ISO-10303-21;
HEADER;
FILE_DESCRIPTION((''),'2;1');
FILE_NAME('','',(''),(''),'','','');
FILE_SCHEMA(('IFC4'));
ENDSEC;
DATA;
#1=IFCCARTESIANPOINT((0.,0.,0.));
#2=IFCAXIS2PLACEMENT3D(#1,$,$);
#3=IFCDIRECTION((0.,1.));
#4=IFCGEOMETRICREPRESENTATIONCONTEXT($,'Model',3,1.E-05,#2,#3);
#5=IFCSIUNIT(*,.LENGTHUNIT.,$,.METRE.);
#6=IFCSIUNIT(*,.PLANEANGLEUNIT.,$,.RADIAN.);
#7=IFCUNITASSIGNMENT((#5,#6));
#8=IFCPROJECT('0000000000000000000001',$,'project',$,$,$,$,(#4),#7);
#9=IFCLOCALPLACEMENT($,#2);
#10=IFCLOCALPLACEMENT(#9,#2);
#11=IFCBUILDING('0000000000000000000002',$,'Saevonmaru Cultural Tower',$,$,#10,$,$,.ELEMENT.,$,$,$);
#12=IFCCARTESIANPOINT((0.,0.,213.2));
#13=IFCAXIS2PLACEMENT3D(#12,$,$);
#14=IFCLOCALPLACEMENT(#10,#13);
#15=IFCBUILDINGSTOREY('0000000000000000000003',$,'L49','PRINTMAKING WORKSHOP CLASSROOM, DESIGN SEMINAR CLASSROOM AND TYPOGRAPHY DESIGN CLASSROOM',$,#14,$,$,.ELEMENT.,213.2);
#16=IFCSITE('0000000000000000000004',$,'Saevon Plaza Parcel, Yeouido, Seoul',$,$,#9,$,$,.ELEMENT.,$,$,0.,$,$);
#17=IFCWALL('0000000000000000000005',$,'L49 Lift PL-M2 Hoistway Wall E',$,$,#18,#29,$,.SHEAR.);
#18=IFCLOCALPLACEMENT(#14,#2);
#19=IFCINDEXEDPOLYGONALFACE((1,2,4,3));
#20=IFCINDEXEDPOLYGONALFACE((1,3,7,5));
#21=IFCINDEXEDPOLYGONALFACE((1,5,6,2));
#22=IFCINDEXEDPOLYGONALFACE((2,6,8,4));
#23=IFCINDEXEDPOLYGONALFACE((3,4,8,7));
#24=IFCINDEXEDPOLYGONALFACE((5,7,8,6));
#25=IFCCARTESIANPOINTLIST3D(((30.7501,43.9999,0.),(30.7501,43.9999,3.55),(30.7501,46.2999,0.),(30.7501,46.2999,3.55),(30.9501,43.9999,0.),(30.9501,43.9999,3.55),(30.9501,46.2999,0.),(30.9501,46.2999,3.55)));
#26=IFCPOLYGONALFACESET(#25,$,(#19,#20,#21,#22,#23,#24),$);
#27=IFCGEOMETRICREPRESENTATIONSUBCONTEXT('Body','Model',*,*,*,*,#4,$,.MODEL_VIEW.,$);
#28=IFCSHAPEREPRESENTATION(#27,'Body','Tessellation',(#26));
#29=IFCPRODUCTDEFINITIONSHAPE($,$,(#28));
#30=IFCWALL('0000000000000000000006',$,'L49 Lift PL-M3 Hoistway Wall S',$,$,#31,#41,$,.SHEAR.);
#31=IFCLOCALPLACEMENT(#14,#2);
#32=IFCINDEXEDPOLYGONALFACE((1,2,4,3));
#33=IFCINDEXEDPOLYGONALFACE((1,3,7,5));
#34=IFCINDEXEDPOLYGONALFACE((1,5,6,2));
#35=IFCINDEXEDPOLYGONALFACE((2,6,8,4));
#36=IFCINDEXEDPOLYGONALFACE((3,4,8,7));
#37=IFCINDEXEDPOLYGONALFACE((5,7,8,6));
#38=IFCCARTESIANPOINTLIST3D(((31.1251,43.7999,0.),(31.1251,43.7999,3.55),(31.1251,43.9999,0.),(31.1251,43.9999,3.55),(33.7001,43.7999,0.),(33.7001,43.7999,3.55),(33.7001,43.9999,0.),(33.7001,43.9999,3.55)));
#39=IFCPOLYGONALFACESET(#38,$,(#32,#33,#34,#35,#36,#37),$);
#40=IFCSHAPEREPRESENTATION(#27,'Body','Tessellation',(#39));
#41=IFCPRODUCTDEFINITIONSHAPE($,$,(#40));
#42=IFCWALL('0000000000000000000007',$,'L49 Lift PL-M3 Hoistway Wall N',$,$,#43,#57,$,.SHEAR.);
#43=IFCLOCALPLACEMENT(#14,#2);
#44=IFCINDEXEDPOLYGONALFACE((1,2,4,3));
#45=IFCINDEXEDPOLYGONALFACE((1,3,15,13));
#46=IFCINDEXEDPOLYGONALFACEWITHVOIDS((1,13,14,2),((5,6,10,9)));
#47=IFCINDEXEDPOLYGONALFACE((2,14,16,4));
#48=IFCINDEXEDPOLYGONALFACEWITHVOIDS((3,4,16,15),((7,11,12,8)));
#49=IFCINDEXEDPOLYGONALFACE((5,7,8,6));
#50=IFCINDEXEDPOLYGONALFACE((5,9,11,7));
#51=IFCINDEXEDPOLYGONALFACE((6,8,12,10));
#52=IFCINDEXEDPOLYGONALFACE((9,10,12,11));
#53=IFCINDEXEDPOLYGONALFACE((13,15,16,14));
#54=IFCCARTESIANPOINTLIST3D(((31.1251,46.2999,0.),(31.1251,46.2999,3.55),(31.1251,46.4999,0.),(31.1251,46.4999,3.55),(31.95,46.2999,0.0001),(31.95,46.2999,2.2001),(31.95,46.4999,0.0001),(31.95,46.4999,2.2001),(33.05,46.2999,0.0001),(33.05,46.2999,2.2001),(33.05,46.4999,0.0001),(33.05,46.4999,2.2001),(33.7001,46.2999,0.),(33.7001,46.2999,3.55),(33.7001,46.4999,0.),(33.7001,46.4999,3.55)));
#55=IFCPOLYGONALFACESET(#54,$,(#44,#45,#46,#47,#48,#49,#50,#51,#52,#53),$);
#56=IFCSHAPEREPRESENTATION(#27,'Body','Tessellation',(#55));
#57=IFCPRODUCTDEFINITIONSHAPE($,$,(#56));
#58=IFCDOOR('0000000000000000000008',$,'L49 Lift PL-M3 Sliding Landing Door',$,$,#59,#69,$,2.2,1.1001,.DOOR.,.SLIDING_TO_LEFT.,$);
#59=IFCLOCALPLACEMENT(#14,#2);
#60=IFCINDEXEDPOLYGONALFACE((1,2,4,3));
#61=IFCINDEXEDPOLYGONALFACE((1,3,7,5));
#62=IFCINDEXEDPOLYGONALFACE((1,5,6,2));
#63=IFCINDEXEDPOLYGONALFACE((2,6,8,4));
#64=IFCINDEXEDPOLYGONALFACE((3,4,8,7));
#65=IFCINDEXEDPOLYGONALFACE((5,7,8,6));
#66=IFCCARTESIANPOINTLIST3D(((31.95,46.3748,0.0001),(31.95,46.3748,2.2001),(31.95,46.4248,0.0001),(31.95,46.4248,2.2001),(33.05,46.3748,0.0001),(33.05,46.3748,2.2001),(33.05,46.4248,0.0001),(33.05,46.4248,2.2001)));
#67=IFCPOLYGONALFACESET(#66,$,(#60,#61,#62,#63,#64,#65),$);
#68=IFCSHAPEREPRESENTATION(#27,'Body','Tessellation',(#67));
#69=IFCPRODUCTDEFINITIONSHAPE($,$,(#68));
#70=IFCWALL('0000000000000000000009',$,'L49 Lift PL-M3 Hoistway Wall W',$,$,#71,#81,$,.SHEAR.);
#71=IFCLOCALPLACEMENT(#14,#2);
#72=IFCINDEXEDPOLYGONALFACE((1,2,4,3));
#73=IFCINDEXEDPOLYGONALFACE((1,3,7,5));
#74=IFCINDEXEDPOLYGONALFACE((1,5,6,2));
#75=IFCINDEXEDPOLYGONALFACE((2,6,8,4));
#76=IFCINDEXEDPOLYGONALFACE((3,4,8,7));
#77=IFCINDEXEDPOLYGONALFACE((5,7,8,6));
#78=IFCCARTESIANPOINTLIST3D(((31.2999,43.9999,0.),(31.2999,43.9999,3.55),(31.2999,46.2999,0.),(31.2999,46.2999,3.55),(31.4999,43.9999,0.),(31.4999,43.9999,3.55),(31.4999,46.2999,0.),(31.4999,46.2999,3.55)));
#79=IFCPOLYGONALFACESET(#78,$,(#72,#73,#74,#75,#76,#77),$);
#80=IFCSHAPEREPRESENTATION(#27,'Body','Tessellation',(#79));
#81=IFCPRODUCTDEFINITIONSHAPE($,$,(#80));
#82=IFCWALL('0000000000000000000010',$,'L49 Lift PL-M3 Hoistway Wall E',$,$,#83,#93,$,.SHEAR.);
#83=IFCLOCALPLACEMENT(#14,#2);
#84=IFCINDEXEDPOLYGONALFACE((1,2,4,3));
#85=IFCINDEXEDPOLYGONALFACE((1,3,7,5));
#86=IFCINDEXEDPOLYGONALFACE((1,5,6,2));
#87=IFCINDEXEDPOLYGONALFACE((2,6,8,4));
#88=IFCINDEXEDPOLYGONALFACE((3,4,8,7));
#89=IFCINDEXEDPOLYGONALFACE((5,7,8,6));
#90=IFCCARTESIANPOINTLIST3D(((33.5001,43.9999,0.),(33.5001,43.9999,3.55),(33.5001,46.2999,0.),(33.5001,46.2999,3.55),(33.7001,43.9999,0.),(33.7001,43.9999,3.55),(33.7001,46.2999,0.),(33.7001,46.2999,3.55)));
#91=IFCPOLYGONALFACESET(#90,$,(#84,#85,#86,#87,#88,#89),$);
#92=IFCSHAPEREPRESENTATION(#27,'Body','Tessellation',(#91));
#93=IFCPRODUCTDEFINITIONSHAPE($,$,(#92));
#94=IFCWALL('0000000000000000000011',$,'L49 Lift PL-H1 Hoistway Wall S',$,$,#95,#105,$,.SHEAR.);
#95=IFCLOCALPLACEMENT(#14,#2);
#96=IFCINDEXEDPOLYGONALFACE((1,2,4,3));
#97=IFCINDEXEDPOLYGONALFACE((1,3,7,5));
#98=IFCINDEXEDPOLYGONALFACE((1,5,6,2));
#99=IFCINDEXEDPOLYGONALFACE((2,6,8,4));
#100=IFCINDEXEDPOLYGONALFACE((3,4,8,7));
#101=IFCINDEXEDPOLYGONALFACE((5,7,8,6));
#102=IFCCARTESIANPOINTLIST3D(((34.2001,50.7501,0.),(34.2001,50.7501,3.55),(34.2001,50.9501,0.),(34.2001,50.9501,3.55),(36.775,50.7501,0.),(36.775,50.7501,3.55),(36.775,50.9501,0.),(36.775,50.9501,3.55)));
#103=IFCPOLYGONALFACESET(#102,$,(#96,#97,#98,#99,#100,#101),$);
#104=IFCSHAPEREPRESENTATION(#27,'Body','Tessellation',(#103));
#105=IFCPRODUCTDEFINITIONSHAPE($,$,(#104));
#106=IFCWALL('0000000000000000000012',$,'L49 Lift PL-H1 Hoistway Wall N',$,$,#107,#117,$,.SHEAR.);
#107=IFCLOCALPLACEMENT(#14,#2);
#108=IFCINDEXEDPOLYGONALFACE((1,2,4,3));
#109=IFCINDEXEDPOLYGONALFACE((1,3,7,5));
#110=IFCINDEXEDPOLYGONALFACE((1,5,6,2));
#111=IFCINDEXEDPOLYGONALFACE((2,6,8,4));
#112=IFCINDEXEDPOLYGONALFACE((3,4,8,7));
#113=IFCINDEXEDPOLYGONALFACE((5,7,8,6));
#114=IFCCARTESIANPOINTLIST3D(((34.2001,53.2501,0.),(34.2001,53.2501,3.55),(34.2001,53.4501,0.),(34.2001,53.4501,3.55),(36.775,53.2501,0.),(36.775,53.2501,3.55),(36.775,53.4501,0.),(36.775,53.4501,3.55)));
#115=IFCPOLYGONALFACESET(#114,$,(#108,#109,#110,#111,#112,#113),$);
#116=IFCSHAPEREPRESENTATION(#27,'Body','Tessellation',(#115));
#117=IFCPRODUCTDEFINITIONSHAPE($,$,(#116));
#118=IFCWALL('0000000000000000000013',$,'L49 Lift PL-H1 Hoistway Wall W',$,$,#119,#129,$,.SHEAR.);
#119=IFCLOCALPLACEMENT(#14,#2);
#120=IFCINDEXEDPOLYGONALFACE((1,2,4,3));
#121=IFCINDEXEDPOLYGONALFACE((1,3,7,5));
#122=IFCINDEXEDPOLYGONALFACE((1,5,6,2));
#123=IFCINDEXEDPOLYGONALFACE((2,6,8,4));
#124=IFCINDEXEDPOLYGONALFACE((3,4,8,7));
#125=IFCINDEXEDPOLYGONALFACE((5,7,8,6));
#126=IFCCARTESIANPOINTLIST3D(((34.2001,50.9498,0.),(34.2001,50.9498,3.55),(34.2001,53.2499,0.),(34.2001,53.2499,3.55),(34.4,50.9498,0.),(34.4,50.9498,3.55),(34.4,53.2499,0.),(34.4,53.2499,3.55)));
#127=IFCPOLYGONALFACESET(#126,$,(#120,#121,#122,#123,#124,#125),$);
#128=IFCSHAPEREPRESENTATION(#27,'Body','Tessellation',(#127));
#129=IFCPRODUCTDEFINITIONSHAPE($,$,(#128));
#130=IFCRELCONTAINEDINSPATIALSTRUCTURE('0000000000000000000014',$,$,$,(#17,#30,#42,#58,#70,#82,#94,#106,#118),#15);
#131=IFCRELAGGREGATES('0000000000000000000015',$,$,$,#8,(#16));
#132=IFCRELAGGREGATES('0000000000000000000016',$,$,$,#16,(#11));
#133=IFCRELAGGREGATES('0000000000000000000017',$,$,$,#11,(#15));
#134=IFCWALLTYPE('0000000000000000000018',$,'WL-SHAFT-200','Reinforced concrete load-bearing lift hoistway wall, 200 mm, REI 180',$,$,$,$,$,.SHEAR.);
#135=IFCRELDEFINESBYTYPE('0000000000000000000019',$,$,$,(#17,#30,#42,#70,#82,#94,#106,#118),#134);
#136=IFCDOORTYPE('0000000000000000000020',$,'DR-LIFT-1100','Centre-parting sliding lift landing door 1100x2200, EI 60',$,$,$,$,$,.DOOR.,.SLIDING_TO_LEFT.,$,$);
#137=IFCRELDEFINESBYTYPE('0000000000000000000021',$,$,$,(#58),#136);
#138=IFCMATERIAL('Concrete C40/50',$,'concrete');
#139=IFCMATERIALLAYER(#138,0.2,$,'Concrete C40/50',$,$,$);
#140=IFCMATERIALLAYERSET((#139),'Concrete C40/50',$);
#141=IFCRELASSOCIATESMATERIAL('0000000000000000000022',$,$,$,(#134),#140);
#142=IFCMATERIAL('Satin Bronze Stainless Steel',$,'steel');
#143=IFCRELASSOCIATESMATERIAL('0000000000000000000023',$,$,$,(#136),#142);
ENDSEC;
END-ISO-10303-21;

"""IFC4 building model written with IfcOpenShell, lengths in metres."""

from ifc_helpers import new_model, si_unit, direction, frame, frame_2d, origin, place, context, subcontext, project, spatial, rectangle, extrude, material, layer, layer_set, type_object, element, fill, save


model = new_model("IFC4")

# Units and contexts
model_context = context("Model", 3, precision=1e-05, world=origin(), true_north=direction((0.0, 1.0)))
body_context = subcontext(model_context, "Body", "Model", "MODEL_VIEW")
ifc_project = project(units=[si_unit("LENGTHUNIT", "METRE"), si_unit("PLANEANGLEUNIT", "RADIAN")], contexts=[model_context])

# Site, building, storey
site_placement = place(None, origin())
site = spatial("IfcSite", under=ifc_project, at=site_placement, Name="Saevon Plaza Parcel, Yeouido, Seoul", CompositionType="ELEMENT", RefElevation=0.0)
building_placement = place(site_placement, origin())
building = spatial("IfcBuilding", under=site, at=building_placement, Name="Saevonmaru Cultural Tower", CompositionType="ELEMENT")
storey_placement = place(building_placement, frame((0.0, 0.0, 213.2)))
storey = spatial("IfcBuildingStorey", under=building, at=storey_placement, Name="L49", Description="PRINTMAKING WORKSHOP CLASSROOM, DESIGN SEMINAR CLASSROOM AND TYPOGRAPHY DESIGN CLASSROOM", CompositionType="ELEMENT", Elevation=213.2)

# Shared definitions
ifc_material_1 = material(Name="Concrete C40/50", Category="concrete")
ifc_layer_1 = layer(ifc_material_1, 0.2, Name="Concrete C40/50")
ifc_layer_set_1 = layer_set([ifc_layer_1], Name="Concrete C40/50")
wall_type_1 = type_object("IfcWallType", Name="WL-SHAFT-200", Description="Reinforced concrete load-bearing lift hoistway wall, 200 mm, REI 180", PredefinedType="SHEAR", material=ifc_layer_set_1)

# Shared definitions
ifc_material_2 = material(Name="Satin Bronze Stainless Steel", Category="steel")
door_type_1 = type_object("IfcDoorType", Name="DR-LIFT-1100", Description="Centre-parting sliding lift landing door 1100x2200, EI 60", OperationType="SLIDING_TO_LEFT", PredefinedType="DOOR", material=ifc_material_2)

# Walls
for number, where, z_axis, x_axis, name in (
    (1, (30.8501, 44.0, 0.0), (0.0, 0.0, 1.0), (0.0, 1.0, 0.0), "L49 Lift PL-M2 Hoistway Wall E"),
):
    element("IfcWall", number, at=place(storey_placement, frame(where, z_axis=z_axis, x_axis=x_axis)), inside=storey, type_object=wall_type_1, Name=name, PredefinedType="SHEAR", context=body_context, shape_type="SweptSolid", body=[
        extrude(rectangle(XDim=2.3, YDim=0.2, at=frame_2d((1.1499, 0.0))), origin(), (0.0, 0.0, 1.0), 3.55),
    ])
wall_1_placement = place(storey_placement, frame((31.125, 43.8999, 0.0), z_axis=(0.0, 0.0, 1.0), x_axis=(1.0, 0.0, 0.0)))
element("IfcWall", 2, at=wall_1_placement, inside=storey, type_object=wall_type_1, Name="L49 Lift PL-M3 Hoistway Wall S", PredefinedType="SHEAR", context=body_context, shape_type="SweptSolid", body=[
    extrude(rectangle(XDim=2.575, YDim=0.2, at=frame_2d((1.2876, 0.0))), origin(), (0.0, 0.0, 1.0), 3.55),
])

# Wall, opening, door
wall_2_placement = place(storey_placement, frame((31.125, 46.3999, 0.0), z_axis=(0.0, 0.0, 1.0), x_axis=(1.0, 0.0, 0.0)))
wall_2 = element("IfcWall", 3, at=wall_2_placement, inside=storey, type_object=wall_type_1, Name="L49 Lift PL-M3 Hoistway Wall N", PredefinedType="SHEAR", context=body_context, shape_type="SweptSolid", body=[
    extrude(rectangle(XDim=2.575, YDim=0.2, at=frame_2d((1.2876, 0.0))), origin(), (0.0, 0.0, 1.0), 3.55),
])
opening_1_placement = place(wall_2_placement, frame((0.825, 0.0, 0.0)))
opening_1 = element("IfcOpeningElement", 4, at=opening_1_placement, cuts=wall_2, PredefinedType="OPENING", context=body_context, shape_type="SweptSolid", body=[
    extrude(rectangle(XDim=1.1001, YDim=2.2, at=frame_2d((0.55, 1.1001))), frame((0.0, 0.1099, 0.0), z_axis=(0.0, -1.0, 0.0), x_axis=(1.0, 0.0, 0.0)), (0.0, 0.0, 1.0), 0.22),
])
door_1_placement = place(opening_1_placement, origin())
door_1 = element("IfcDoor", 5, at=door_1_placement, inside=storey, type_object=door_type_1, Name="L49 Lift PL-M3 Sliding Landing Door", OperationType="SLIDING_TO_LEFT", OverallHeight=2.2, OverallWidth=1.1001, PredefinedType="DOOR", context=body_context, shape_type="SweptSolid", body=[
    extrude(rectangle(XDim=1.1001, YDim=2.2, at=frame_2d((0.55, 1.1001))), frame((0.0, 0.0249, 0.0), z_axis=(0.0, -1.0, 0.0), x_axis=(1.0, 0.0, 0.0)), (0.0, 0.0, 1.0), 0.05),
])
fill(opening_1, door_1)

# Walls
for number, where, z_axis, x_axis, name in (
    (6, (31.3999, 44.0, 0.0), (0.0, 0.0, 1.0), (0.0, 1.0, 0.0), "L49 Lift PL-M3 Hoistway Wall W"),
    (7, (33.6001, 44.0, 0.0), (0.0, 0.0, 1.0), (0.0, 1.0, 0.0), "L49 Lift PL-M3 Hoistway Wall E"),
):
    element("IfcWall", number, at=place(storey_placement, frame(where, z_axis=z_axis, x_axis=x_axis)), inside=storey, type_object=wall_type_1, Name=name, PredefinedType="SHEAR", context=body_context, shape_type="SweptSolid", body=[
        extrude(rectangle(XDim=2.3, YDim=0.2, at=frame_2d((1.1499, 0.0))), origin(), (0.0, 0.0, 1.0), 3.55),
    ])
for number, where, z_axis, x_axis, name in (
    (8, (34.2, 50.8501, 0.0), (0.0, 0.0, 1.0), (1.0, 0.0, 0.0), "L49 Lift PL-H1 Hoistway Wall S"),
    (9, (34.2, 53.3501, 0.0), (0.0, 0.0, 1.0), (1.0, 0.0, 0.0), "L49 Lift PL-H1 Hoistway Wall N"),
):
    element("IfcWall", number, at=place(storey_placement, frame(where, z_axis=z_axis, x_axis=x_axis)), inside=storey, type_object=wall_type_1, Name=name, PredefinedType="SHEAR", context=body_context, shape_type="SweptSolid", body=[
        extrude(rectangle(XDim=2.575, YDim=0.2, at=frame_2d((1.2876, 0.0))), origin(), (0.0, 0.0, 1.0), 3.55),
    ])
wall_3_placement = place(storey_placement, frame((34.3, 50.95, 0.0), z_axis=(0.0, 0.0, 1.0), x_axis=(0.0, 1.0, 0.0)))
element("IfcWall", 10, at=wall_3_placement, inside=storey, type_object=wall_type_1, Name="L49 Lift PL-H1 Hoistway Wall W", PredefinedType="SHEAR", context=body_context, shape_type="SweptSolid", body=[
    extrude(rectangle(XDim=2.3, YDim=0.2, at=frame_2d((1.1499, 0.0))), origin(), (0.0, 0.0, 1.0), 3.55),
])

save(model, "model.ifc")
